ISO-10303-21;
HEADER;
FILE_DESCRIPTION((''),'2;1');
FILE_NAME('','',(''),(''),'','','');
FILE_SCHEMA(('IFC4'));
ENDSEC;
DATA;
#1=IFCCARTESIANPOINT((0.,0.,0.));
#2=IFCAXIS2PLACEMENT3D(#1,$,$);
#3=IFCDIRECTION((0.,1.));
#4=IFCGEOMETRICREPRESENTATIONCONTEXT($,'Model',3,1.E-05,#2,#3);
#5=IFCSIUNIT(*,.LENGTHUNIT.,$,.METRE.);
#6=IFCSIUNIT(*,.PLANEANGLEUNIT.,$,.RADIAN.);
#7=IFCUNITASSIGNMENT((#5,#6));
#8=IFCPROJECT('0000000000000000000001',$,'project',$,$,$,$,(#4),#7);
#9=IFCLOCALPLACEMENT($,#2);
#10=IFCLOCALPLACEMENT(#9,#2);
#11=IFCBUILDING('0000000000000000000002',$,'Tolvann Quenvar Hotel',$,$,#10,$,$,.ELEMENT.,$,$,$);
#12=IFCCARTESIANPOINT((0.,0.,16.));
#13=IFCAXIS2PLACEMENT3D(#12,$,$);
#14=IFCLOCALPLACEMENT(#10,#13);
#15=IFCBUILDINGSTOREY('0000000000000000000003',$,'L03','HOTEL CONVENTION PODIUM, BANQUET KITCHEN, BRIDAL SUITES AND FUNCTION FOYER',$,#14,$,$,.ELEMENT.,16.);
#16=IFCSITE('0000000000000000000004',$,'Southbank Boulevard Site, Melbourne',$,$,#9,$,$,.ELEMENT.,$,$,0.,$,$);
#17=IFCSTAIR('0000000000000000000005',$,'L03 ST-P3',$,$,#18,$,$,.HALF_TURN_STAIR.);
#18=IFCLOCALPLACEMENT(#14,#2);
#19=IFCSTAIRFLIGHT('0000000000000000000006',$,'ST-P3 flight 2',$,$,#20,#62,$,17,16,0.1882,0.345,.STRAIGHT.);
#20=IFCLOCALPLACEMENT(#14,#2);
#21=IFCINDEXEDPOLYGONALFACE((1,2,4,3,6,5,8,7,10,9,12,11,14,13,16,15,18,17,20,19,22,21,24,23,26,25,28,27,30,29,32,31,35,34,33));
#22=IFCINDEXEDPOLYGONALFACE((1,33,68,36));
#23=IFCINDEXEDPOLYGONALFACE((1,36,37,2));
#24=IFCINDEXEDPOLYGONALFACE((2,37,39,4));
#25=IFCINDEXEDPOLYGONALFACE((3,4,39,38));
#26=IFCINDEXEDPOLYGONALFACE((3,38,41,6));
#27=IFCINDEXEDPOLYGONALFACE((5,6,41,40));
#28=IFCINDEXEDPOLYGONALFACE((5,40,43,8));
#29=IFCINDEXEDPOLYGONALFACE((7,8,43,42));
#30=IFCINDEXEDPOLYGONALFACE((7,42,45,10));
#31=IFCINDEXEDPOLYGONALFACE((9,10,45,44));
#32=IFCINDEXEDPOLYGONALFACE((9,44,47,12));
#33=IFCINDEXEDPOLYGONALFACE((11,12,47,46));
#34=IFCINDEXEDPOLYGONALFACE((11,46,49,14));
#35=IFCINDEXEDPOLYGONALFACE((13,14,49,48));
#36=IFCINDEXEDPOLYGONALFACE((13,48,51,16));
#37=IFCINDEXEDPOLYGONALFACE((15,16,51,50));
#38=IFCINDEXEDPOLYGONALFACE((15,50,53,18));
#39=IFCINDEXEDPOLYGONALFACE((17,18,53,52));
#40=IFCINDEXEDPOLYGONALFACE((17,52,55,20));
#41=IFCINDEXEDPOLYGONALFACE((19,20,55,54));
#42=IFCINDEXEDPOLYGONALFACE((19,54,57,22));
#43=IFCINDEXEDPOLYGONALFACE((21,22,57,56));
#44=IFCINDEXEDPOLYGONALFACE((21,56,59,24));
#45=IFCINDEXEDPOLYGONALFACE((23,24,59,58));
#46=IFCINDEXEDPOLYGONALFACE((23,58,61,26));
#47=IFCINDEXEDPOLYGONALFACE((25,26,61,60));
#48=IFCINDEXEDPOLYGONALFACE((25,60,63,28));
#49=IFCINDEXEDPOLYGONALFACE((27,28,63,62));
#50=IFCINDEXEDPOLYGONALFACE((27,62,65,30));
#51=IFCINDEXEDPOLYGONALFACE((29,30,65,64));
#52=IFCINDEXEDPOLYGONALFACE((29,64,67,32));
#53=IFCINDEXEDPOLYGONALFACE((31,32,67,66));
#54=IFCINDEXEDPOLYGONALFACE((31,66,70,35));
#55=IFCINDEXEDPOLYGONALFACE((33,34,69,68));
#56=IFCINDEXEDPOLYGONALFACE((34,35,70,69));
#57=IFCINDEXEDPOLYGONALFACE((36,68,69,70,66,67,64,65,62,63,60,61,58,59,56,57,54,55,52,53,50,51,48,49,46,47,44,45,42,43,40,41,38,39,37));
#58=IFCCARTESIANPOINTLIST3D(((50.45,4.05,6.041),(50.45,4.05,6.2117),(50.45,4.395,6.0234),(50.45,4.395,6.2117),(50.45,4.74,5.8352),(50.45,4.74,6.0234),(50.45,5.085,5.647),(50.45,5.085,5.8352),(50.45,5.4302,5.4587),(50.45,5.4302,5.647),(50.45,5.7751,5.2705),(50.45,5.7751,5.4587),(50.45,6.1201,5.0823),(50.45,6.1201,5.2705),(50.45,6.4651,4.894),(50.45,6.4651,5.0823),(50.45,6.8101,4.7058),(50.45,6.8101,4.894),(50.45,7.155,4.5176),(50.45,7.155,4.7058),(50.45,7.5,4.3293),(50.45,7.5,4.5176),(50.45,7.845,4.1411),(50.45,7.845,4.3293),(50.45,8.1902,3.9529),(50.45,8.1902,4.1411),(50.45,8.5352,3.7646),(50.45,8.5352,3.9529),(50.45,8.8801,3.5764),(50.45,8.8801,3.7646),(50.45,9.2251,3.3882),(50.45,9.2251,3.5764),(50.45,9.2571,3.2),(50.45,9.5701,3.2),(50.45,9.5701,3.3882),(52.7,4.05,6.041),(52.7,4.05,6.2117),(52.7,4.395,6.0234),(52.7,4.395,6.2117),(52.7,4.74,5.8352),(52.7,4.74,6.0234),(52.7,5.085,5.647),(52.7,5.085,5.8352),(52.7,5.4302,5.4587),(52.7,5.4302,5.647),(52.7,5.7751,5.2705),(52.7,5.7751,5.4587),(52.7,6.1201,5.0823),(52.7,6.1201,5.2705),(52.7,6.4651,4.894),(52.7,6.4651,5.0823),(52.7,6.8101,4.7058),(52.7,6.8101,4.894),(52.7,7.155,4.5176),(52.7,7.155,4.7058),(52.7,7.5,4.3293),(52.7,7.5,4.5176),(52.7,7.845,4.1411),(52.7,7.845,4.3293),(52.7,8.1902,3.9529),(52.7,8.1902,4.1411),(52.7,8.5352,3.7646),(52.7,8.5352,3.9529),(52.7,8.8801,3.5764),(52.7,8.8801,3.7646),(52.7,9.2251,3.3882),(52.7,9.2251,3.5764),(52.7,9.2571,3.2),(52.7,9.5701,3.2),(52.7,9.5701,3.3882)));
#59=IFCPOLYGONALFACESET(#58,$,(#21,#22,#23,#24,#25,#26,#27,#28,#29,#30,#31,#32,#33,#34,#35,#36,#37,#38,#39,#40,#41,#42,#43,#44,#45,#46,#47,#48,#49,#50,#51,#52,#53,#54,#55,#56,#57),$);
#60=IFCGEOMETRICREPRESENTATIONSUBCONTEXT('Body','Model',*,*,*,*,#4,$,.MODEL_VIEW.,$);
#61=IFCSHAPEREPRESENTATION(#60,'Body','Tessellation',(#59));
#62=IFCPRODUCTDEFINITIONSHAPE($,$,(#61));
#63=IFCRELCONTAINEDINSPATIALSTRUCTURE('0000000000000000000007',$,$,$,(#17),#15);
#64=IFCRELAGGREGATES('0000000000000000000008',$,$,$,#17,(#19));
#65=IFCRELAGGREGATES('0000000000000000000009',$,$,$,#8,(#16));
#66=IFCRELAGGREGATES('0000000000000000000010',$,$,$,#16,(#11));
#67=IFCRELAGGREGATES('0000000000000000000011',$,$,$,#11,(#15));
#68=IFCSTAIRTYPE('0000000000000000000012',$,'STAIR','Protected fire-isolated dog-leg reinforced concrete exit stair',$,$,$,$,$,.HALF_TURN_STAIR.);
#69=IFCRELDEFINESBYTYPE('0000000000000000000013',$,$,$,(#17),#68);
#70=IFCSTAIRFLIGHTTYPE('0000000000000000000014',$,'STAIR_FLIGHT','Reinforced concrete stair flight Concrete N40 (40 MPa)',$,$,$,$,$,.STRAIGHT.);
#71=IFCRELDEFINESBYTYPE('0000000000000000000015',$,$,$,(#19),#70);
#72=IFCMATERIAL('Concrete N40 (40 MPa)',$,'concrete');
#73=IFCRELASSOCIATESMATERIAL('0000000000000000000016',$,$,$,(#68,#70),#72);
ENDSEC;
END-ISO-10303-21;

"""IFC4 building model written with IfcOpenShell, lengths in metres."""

from ifc_helpers import new_model, si_unit, direction, frame, origin, place, context, subcontext, project, spatial, polyline, outline, extrude, material, type_object, element, aggregate, save


model = new_model("IFC4")

# Units and contexts
model_context = context("Model", 3, precision=1e-05, world=origin(), true_north=direction((0.0, 1.0)))
body_context = subcontext(model_context, "Body", "Model", "MODEL_VIEW")
ifc_project = project(units=[si_unit("LENGTHUNIT", "METRE"), si_unit("PLANEANGLEUNIT", "RADIAN")], contexts=[model_context])

# Site, building, storey
site_placement = place(None, origin())
site = spatial("IfcSite", under=ifc_project, at=site_placement, Name="Southbank Boulevard Site, Melbourne", CompositionType="ELEMENT", RefElevation=0.0)
building_placement = place(site_placement, origin())
building = spatial("IfcBuilding", under=site, at=building_placement, Name="Tolvann Quenvar Hotel", CompositionType="ELEMENT")
storey_placement = place(building_placement, frame((0.0, 0.0, 16.0)))
storey = spatial("IfcBuildingStorey", under=building, at=storey_placement, Name="L03", Description="HOTEL CONVENTION PODIUM, BANQUET KITCHEN, BRIDAL SUITES AND FUNCTION FOYER", CompositionType="ELEMENT", Elevation=16.0)

# Stair, stair flight
ifc_material_1 = material(Name="Concrete N40 (40 MPa)", Category="concrete")
stair_type = type_object("IfcStairType", Name="STAIR", Description="Protected fire-isolated dog-leg reinforced concrete exit stair", PredefinedType="HALF_TURN_STAIR", material=ifc_material_1)
stair_placement = place(storey_placement, origin())
stair = element("IfcStair", 1, at=stair_placement, inside=storey, type_object=stair_type, Name="L03 ST-P3", PredefinedType="HALF_TURN_STAIR")
stair_flight_type = type_object("IfcStairFlightType", Name="STAIR_FLIGHT", Description="Reinforced concrete stair flight Concrete N40 (40 MPa)", PredefinedType="STRAIGHT", material=ifc_material_1)
stair_flight_placement = place(storey_placement, frame((51.575, 9.5701, 3.2), z_axis=(0.0, 0.0, 1.0), x_axis=(0.0, -1.0, 0.0)))
stair_flight = element("IfcStairFlight", 2, at=stair_flight_placement, type_object=stair_flight_type, Name="ST-P3 flight 2", NumberOfRisers=17, NumberOfTreads=16, PredefinedType="STRAIGHT", RiserHeight=0.1882, TreadLength=0.345, context=body_context, shape_type="SweptSolid", body=[
    extrude(outline(polyline([(0.0, 0.0), (0.0, 0.1882), (0.345, 0.1882), (0.345, 0.3765), (0.6899, 0.3765), (0.6899, 0.5647), (1.0349, 0.5647), (1.0349, 0.7529), (1.3799, 0.7529), (1.3799, 0.9412), (1.7251, 0.9412), (1.7251, 1.1294), (2.0701, 1.1294), (2.0701, 1.3176), (2.415, 1.3176), (2.415, 1.5059), (2.76, 1.5059), (2.76, 1.6941), (3.105, 1.6941), (3.105, 1.8823), (3.45, 1.8823), (3.45, 2.0706), (3.7949, 2.0706), (3.7949, 2.2588), (4.1399, 2.2588), (4.1399, 2.447), (4.4851, 2.447), (4.4851, 2.6353), (4.8301, 2.6353), (4.8301, 2.8235), (5.175, 2.8235), (5.175, 3.0117), (5.52, 3.0117), (5.52, 3.2), (5.52, 2.8411), (0.313, 0.0), (0.0, 0.0)])), frame((0.0, 1.125, 0.0), z_axis=(0.0, -1.0, 0.0), x_axis=(1.0, 0.0, 0.0)), (0.0, 0.0, 1.0), 2.25),
])
aggregate(stair, [stair_flight])

save(model, "model.ifc")
